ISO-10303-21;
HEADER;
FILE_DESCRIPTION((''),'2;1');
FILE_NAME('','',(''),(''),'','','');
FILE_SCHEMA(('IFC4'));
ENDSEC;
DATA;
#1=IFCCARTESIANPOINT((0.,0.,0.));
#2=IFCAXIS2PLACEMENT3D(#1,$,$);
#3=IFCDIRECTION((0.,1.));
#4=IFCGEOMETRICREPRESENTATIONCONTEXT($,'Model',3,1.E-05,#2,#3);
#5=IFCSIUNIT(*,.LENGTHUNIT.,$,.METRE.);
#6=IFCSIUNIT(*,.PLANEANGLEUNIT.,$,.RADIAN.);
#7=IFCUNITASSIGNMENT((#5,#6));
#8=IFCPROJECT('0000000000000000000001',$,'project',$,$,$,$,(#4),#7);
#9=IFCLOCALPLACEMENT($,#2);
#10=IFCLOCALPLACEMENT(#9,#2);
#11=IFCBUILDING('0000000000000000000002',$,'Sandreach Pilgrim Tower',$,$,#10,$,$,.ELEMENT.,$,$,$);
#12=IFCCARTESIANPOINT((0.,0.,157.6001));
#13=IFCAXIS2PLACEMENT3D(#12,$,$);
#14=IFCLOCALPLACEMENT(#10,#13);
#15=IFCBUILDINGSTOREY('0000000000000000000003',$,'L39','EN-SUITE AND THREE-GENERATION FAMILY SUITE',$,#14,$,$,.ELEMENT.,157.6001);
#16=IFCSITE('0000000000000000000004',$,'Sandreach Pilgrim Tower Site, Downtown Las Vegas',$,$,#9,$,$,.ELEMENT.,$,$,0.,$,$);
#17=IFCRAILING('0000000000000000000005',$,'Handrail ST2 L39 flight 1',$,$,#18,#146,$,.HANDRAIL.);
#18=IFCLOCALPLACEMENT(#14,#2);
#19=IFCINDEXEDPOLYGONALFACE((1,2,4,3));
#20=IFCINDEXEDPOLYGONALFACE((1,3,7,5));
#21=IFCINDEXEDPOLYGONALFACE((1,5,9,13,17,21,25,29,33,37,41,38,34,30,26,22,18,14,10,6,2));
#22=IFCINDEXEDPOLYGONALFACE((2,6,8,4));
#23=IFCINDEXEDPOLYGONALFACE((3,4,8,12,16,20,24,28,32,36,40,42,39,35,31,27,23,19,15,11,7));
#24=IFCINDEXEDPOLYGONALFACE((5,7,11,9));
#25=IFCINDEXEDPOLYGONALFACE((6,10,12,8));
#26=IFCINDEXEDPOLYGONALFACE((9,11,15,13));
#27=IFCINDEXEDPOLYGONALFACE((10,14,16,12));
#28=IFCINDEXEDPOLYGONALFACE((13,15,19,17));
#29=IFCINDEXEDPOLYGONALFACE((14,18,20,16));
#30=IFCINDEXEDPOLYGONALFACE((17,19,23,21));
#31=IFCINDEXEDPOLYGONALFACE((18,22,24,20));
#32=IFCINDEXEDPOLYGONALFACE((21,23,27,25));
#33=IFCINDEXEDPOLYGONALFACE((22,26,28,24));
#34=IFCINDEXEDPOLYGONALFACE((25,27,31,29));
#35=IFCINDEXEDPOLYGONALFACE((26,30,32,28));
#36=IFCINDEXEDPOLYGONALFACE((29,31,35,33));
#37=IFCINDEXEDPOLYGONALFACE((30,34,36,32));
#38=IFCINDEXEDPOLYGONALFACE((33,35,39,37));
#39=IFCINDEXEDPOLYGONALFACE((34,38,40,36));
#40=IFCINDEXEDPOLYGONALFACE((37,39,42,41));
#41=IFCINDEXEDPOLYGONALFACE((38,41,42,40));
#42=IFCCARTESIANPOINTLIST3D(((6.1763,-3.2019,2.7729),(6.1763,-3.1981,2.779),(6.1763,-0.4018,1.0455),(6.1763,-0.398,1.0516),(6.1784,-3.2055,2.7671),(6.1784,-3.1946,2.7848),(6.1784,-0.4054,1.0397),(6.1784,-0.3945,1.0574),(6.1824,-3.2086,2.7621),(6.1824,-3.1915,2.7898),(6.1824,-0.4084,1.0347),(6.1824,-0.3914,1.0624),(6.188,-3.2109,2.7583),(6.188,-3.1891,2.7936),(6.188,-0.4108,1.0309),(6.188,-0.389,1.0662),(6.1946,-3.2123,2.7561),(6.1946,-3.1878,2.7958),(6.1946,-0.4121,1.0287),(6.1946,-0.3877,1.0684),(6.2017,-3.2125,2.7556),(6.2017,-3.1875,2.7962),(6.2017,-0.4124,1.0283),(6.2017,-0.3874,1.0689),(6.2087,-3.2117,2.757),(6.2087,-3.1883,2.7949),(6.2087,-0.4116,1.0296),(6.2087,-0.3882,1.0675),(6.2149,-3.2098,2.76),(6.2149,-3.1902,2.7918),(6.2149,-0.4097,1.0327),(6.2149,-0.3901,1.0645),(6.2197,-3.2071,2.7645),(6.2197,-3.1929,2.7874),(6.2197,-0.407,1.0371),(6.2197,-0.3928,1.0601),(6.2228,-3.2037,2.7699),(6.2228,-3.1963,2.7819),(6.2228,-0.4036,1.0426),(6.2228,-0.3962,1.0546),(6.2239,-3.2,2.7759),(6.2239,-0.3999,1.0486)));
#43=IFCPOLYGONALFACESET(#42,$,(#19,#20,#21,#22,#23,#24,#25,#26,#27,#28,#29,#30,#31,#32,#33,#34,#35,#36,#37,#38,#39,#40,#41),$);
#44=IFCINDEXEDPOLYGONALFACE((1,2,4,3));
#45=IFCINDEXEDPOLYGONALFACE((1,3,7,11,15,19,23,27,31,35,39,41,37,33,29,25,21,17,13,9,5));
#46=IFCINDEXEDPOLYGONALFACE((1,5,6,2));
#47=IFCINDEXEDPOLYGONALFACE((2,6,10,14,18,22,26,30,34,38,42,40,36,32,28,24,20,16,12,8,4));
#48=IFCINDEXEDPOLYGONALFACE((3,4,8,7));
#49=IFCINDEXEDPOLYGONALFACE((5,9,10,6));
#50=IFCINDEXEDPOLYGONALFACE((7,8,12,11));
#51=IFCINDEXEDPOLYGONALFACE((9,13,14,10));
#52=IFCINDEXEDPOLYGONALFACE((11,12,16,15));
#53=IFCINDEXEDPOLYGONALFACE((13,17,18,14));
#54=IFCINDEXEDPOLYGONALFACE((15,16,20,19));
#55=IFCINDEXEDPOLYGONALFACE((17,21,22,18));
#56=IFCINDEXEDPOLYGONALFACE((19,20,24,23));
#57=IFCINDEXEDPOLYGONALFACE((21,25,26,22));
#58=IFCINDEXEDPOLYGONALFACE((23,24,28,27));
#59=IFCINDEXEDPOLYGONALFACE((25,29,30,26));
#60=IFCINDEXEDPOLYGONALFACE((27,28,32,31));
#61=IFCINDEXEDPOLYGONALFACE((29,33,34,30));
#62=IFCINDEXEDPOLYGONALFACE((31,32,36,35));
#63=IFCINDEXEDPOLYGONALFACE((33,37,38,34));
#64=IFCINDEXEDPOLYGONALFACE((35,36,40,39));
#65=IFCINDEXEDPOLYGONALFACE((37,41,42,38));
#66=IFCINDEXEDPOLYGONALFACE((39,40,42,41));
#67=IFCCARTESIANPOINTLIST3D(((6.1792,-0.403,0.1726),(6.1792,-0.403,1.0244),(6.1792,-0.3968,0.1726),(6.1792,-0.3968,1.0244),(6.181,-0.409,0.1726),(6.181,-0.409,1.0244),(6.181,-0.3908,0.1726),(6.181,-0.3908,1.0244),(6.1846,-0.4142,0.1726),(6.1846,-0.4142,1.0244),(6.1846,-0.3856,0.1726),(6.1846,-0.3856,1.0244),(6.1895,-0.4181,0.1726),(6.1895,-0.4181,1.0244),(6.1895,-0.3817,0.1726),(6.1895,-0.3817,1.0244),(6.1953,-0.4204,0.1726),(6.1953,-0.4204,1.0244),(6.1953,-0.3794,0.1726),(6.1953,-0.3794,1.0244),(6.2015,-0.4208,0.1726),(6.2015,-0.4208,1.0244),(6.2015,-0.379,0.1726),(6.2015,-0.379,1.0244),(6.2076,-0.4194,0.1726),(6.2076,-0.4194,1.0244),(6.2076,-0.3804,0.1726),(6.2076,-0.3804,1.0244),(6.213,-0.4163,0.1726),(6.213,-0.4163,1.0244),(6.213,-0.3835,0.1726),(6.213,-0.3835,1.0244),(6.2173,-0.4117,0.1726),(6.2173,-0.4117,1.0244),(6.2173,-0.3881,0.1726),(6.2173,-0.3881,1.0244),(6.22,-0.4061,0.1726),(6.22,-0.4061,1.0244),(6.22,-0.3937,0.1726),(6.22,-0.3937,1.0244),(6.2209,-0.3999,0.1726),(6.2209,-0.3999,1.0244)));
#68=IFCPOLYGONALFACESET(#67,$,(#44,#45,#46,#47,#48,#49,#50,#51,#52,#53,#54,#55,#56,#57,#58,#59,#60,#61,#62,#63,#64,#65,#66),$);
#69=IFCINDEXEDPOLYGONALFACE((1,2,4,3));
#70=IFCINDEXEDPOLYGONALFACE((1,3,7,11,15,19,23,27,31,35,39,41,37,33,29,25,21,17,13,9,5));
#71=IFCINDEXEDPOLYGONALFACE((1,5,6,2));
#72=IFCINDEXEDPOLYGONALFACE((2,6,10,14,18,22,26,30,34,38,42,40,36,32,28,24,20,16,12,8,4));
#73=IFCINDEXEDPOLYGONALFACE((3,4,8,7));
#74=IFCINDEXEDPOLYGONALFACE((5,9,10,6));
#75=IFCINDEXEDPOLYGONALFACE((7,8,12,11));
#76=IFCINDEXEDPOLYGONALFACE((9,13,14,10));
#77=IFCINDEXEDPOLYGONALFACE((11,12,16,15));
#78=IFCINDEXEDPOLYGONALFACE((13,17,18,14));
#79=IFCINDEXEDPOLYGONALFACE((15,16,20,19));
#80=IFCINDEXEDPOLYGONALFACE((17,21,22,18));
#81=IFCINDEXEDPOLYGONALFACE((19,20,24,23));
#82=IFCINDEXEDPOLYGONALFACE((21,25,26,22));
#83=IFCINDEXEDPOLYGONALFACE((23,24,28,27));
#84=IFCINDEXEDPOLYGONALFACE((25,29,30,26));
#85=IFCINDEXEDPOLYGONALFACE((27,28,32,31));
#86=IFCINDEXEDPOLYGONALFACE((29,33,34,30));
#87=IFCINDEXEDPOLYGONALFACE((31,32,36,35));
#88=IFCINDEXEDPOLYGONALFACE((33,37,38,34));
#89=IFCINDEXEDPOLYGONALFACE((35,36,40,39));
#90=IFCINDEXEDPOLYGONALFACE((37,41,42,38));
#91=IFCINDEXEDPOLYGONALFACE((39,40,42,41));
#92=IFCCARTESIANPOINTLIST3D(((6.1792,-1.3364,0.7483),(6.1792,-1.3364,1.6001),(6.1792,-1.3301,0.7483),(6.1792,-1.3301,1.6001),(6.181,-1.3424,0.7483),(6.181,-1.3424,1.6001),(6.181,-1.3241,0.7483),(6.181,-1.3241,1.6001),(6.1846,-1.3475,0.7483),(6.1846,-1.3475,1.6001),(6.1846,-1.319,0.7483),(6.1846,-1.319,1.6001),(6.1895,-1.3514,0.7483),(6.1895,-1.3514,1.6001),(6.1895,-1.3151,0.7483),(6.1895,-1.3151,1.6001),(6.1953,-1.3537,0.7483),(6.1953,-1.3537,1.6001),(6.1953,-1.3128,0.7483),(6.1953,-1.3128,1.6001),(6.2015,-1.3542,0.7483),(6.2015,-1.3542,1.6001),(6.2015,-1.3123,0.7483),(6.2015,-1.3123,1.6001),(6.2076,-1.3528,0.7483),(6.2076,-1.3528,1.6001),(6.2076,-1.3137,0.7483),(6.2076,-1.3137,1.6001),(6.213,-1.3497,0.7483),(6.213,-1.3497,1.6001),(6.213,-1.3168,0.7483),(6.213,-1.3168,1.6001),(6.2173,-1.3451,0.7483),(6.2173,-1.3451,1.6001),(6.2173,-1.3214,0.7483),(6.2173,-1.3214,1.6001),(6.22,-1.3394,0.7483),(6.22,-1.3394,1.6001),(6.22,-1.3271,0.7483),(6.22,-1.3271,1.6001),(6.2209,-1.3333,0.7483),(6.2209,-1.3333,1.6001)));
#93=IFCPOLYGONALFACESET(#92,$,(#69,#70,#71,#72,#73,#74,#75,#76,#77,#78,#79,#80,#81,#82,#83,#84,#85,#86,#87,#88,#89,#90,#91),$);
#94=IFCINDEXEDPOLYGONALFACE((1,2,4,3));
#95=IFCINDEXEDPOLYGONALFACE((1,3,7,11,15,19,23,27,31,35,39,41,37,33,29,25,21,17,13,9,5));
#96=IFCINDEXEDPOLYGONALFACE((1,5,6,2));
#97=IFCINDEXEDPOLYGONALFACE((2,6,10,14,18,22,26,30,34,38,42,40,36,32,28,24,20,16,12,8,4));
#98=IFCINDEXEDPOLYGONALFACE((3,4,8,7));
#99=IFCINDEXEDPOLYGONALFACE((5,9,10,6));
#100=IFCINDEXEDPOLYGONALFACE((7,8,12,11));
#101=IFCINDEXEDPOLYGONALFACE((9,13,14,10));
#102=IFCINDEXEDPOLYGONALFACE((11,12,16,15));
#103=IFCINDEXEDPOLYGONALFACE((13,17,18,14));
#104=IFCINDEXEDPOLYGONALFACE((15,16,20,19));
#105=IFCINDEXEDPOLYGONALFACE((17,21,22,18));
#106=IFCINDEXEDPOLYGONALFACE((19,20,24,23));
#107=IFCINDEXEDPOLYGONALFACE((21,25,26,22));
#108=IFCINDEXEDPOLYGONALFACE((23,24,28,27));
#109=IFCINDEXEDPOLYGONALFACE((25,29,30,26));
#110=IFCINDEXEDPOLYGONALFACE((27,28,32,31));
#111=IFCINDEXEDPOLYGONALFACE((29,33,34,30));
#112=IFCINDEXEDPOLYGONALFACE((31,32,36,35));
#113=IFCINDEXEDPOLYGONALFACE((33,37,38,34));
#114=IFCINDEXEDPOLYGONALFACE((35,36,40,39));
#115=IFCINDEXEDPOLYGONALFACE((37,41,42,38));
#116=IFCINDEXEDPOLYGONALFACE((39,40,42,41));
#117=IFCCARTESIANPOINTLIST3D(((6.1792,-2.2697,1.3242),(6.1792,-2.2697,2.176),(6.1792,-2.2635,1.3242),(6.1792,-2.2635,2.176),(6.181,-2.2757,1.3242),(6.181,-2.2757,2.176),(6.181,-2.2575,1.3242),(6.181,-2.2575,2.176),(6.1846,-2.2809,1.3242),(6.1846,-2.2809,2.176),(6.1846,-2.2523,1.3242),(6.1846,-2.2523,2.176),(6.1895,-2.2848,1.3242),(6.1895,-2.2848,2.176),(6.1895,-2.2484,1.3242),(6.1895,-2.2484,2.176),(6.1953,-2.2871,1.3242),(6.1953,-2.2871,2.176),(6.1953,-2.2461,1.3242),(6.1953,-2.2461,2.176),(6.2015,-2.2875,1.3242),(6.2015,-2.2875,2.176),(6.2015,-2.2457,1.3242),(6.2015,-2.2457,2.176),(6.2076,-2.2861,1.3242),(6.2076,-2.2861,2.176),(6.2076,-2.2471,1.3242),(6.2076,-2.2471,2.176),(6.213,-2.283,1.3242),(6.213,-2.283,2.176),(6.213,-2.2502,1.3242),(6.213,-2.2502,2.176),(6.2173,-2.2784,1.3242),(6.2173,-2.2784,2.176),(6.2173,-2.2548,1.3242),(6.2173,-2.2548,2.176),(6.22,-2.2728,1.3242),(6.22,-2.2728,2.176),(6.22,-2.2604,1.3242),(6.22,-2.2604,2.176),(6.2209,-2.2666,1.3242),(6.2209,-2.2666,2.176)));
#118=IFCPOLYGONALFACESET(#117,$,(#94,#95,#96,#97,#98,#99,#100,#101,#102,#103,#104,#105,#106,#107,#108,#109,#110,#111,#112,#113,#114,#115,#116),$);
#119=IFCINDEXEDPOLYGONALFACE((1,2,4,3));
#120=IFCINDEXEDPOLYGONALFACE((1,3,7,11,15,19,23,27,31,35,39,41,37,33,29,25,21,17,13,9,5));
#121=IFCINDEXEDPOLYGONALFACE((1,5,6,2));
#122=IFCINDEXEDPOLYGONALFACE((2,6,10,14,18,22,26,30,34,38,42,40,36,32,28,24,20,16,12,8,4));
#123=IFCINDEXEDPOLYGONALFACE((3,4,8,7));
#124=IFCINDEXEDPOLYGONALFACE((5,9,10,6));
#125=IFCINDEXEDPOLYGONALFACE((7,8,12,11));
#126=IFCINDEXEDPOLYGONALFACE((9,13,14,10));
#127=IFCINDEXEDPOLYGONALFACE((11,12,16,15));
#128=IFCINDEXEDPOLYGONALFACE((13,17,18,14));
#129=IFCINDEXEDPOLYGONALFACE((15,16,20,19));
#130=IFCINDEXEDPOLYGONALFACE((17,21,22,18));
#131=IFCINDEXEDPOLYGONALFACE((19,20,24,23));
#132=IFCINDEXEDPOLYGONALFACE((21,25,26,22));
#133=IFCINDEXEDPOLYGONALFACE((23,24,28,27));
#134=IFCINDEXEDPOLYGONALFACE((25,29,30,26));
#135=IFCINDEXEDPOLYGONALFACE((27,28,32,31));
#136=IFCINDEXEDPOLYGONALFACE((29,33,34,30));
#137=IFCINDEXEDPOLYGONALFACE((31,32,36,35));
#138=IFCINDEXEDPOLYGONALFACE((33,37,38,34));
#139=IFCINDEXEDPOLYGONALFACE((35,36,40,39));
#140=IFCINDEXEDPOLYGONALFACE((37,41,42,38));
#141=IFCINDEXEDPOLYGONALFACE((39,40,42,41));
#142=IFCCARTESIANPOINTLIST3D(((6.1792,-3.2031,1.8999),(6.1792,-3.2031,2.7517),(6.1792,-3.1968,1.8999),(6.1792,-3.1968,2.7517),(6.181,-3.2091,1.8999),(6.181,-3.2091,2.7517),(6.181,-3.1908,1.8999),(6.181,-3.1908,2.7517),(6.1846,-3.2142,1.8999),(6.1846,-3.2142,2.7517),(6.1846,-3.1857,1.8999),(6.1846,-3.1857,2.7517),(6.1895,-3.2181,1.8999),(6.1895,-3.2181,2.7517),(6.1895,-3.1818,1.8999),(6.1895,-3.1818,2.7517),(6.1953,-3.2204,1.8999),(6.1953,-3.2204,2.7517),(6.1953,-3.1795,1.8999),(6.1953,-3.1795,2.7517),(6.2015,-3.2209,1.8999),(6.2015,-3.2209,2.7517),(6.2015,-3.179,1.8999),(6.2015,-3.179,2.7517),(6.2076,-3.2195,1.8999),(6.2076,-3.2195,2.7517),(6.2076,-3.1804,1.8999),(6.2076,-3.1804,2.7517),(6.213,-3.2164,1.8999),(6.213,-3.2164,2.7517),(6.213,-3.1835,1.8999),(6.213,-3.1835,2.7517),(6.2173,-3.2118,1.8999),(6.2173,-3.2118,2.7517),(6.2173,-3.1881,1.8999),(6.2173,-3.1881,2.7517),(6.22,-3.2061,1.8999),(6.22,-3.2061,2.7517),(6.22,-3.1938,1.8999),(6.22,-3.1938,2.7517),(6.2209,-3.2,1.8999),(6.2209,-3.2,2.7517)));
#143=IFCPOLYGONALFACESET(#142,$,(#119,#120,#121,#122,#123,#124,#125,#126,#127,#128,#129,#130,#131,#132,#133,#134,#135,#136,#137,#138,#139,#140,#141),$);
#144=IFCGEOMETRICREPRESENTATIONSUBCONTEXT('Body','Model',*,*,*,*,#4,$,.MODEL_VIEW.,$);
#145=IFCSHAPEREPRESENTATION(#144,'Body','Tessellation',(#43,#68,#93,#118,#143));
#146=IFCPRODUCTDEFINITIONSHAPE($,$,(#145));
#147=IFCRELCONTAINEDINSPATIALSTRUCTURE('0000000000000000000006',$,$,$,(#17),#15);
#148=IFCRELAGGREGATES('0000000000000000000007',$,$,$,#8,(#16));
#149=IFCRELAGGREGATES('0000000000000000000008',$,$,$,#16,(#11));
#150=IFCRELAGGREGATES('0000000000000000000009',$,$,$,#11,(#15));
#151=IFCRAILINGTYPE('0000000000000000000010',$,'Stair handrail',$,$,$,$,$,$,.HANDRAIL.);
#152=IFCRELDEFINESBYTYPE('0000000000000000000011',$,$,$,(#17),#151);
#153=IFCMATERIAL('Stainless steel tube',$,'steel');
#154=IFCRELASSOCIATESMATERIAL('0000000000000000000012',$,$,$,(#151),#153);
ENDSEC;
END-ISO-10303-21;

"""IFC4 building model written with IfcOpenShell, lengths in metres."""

from ifc_helpers import new_model, si_unit, direction, frame, origin, origin_2d, place, context, subcontext, project, spatial, circle, extrude, material, type_object, element, save


model = new_model("IFC4")

# Units and contexts
model_context = context("Model", 3, precision=1e-05, world=origin(), true_north=direction((0.0, 1.0)))
body_context = subcontext(model_context, "Body", "Model", "MODEL_VIEW")
ifc_project = project(units=[si_unit("LENGTHUNIT", "METRE"), si_unit("PLANEANGLEUNIT", "RADIAN")], contexts=[model_context])

# Site, building, storey
site_placement = place(None, origin())
site = spatial("IfcSite", under=ifc_project, at=site_placement, Name="Sandreach Pilgrim Tower Site, Downtown Las Vegas", CompositionType="ELEMENT", RefElevation=0.0)
building_placement = place(site_placement, origin())
building = spatial("IfcBuilding", under=site, at=building_placement, Name="Sandreach Pilgrim Tower", CompositionType="ELEMENT")
storey_placement = place(building_placement, frame((0.0, 0.0, 157.6001)))
storey = spatial("IfcBuildingStorey", under=building, at=storey_placement, Name="L39", Description="EN-SUITE AND THREE-GENERATION FAMILY SUITE", CompositionType="ELEMENT", Elevation=157.6001)

# Railing
ifc_material_1 = material(Name="Stainless steel tube", Category="steel")
railing_type = type_object("IfcRailingType", Name="Stair handrail", PredefinedType="HANDRAIL", material=ifc_material_1)
for number, where, name in (
    (1, (6.2, -0.3999, 0.1726), "Handrail ST2 L39 flight 1"),
):
    element("IfcRailing", number, at=place(storey_placement, frame(where)), inside=storey, type_object=railing_type, Name=name, PredefinedType="HANDRAIL", context=body_context, shape_type="SweptSolid", body=[
        extrude(circle(Radius=0.0239, at=origin_2d()), frame((0.0, 0.0, 0.876), z_axis=(0.0, -0.85109, 0.52502), x_axis=(1.0, 0.0, 0.0)), (0.0, 0.0, 1.0), 3.29),
        extrude(circle(Radius=0.021, at=origin_2d()), origin(), (0.0, 0.0, 1.0), 0.8518),
        extrude(circle(Radius=0.021, at=origin_2d()), frame((0.0, -0.9333, 0.5757)), (0.0, 0.0, 1.0), 0.8518),
        extrude(circle(Radius=0.021, at=origin_2d()), frame((0.0, -1.8667, 1.1516)), (0.0, 0.0, 1.0), 0.8518),
        extrude(circle(Radius=0.021, at=origin_2d()), frame((0.0, -2.8, 1.7273)), (0.0, 0.0, 1.0), 0.8518),
    ])

save(model, "model.ifc")
